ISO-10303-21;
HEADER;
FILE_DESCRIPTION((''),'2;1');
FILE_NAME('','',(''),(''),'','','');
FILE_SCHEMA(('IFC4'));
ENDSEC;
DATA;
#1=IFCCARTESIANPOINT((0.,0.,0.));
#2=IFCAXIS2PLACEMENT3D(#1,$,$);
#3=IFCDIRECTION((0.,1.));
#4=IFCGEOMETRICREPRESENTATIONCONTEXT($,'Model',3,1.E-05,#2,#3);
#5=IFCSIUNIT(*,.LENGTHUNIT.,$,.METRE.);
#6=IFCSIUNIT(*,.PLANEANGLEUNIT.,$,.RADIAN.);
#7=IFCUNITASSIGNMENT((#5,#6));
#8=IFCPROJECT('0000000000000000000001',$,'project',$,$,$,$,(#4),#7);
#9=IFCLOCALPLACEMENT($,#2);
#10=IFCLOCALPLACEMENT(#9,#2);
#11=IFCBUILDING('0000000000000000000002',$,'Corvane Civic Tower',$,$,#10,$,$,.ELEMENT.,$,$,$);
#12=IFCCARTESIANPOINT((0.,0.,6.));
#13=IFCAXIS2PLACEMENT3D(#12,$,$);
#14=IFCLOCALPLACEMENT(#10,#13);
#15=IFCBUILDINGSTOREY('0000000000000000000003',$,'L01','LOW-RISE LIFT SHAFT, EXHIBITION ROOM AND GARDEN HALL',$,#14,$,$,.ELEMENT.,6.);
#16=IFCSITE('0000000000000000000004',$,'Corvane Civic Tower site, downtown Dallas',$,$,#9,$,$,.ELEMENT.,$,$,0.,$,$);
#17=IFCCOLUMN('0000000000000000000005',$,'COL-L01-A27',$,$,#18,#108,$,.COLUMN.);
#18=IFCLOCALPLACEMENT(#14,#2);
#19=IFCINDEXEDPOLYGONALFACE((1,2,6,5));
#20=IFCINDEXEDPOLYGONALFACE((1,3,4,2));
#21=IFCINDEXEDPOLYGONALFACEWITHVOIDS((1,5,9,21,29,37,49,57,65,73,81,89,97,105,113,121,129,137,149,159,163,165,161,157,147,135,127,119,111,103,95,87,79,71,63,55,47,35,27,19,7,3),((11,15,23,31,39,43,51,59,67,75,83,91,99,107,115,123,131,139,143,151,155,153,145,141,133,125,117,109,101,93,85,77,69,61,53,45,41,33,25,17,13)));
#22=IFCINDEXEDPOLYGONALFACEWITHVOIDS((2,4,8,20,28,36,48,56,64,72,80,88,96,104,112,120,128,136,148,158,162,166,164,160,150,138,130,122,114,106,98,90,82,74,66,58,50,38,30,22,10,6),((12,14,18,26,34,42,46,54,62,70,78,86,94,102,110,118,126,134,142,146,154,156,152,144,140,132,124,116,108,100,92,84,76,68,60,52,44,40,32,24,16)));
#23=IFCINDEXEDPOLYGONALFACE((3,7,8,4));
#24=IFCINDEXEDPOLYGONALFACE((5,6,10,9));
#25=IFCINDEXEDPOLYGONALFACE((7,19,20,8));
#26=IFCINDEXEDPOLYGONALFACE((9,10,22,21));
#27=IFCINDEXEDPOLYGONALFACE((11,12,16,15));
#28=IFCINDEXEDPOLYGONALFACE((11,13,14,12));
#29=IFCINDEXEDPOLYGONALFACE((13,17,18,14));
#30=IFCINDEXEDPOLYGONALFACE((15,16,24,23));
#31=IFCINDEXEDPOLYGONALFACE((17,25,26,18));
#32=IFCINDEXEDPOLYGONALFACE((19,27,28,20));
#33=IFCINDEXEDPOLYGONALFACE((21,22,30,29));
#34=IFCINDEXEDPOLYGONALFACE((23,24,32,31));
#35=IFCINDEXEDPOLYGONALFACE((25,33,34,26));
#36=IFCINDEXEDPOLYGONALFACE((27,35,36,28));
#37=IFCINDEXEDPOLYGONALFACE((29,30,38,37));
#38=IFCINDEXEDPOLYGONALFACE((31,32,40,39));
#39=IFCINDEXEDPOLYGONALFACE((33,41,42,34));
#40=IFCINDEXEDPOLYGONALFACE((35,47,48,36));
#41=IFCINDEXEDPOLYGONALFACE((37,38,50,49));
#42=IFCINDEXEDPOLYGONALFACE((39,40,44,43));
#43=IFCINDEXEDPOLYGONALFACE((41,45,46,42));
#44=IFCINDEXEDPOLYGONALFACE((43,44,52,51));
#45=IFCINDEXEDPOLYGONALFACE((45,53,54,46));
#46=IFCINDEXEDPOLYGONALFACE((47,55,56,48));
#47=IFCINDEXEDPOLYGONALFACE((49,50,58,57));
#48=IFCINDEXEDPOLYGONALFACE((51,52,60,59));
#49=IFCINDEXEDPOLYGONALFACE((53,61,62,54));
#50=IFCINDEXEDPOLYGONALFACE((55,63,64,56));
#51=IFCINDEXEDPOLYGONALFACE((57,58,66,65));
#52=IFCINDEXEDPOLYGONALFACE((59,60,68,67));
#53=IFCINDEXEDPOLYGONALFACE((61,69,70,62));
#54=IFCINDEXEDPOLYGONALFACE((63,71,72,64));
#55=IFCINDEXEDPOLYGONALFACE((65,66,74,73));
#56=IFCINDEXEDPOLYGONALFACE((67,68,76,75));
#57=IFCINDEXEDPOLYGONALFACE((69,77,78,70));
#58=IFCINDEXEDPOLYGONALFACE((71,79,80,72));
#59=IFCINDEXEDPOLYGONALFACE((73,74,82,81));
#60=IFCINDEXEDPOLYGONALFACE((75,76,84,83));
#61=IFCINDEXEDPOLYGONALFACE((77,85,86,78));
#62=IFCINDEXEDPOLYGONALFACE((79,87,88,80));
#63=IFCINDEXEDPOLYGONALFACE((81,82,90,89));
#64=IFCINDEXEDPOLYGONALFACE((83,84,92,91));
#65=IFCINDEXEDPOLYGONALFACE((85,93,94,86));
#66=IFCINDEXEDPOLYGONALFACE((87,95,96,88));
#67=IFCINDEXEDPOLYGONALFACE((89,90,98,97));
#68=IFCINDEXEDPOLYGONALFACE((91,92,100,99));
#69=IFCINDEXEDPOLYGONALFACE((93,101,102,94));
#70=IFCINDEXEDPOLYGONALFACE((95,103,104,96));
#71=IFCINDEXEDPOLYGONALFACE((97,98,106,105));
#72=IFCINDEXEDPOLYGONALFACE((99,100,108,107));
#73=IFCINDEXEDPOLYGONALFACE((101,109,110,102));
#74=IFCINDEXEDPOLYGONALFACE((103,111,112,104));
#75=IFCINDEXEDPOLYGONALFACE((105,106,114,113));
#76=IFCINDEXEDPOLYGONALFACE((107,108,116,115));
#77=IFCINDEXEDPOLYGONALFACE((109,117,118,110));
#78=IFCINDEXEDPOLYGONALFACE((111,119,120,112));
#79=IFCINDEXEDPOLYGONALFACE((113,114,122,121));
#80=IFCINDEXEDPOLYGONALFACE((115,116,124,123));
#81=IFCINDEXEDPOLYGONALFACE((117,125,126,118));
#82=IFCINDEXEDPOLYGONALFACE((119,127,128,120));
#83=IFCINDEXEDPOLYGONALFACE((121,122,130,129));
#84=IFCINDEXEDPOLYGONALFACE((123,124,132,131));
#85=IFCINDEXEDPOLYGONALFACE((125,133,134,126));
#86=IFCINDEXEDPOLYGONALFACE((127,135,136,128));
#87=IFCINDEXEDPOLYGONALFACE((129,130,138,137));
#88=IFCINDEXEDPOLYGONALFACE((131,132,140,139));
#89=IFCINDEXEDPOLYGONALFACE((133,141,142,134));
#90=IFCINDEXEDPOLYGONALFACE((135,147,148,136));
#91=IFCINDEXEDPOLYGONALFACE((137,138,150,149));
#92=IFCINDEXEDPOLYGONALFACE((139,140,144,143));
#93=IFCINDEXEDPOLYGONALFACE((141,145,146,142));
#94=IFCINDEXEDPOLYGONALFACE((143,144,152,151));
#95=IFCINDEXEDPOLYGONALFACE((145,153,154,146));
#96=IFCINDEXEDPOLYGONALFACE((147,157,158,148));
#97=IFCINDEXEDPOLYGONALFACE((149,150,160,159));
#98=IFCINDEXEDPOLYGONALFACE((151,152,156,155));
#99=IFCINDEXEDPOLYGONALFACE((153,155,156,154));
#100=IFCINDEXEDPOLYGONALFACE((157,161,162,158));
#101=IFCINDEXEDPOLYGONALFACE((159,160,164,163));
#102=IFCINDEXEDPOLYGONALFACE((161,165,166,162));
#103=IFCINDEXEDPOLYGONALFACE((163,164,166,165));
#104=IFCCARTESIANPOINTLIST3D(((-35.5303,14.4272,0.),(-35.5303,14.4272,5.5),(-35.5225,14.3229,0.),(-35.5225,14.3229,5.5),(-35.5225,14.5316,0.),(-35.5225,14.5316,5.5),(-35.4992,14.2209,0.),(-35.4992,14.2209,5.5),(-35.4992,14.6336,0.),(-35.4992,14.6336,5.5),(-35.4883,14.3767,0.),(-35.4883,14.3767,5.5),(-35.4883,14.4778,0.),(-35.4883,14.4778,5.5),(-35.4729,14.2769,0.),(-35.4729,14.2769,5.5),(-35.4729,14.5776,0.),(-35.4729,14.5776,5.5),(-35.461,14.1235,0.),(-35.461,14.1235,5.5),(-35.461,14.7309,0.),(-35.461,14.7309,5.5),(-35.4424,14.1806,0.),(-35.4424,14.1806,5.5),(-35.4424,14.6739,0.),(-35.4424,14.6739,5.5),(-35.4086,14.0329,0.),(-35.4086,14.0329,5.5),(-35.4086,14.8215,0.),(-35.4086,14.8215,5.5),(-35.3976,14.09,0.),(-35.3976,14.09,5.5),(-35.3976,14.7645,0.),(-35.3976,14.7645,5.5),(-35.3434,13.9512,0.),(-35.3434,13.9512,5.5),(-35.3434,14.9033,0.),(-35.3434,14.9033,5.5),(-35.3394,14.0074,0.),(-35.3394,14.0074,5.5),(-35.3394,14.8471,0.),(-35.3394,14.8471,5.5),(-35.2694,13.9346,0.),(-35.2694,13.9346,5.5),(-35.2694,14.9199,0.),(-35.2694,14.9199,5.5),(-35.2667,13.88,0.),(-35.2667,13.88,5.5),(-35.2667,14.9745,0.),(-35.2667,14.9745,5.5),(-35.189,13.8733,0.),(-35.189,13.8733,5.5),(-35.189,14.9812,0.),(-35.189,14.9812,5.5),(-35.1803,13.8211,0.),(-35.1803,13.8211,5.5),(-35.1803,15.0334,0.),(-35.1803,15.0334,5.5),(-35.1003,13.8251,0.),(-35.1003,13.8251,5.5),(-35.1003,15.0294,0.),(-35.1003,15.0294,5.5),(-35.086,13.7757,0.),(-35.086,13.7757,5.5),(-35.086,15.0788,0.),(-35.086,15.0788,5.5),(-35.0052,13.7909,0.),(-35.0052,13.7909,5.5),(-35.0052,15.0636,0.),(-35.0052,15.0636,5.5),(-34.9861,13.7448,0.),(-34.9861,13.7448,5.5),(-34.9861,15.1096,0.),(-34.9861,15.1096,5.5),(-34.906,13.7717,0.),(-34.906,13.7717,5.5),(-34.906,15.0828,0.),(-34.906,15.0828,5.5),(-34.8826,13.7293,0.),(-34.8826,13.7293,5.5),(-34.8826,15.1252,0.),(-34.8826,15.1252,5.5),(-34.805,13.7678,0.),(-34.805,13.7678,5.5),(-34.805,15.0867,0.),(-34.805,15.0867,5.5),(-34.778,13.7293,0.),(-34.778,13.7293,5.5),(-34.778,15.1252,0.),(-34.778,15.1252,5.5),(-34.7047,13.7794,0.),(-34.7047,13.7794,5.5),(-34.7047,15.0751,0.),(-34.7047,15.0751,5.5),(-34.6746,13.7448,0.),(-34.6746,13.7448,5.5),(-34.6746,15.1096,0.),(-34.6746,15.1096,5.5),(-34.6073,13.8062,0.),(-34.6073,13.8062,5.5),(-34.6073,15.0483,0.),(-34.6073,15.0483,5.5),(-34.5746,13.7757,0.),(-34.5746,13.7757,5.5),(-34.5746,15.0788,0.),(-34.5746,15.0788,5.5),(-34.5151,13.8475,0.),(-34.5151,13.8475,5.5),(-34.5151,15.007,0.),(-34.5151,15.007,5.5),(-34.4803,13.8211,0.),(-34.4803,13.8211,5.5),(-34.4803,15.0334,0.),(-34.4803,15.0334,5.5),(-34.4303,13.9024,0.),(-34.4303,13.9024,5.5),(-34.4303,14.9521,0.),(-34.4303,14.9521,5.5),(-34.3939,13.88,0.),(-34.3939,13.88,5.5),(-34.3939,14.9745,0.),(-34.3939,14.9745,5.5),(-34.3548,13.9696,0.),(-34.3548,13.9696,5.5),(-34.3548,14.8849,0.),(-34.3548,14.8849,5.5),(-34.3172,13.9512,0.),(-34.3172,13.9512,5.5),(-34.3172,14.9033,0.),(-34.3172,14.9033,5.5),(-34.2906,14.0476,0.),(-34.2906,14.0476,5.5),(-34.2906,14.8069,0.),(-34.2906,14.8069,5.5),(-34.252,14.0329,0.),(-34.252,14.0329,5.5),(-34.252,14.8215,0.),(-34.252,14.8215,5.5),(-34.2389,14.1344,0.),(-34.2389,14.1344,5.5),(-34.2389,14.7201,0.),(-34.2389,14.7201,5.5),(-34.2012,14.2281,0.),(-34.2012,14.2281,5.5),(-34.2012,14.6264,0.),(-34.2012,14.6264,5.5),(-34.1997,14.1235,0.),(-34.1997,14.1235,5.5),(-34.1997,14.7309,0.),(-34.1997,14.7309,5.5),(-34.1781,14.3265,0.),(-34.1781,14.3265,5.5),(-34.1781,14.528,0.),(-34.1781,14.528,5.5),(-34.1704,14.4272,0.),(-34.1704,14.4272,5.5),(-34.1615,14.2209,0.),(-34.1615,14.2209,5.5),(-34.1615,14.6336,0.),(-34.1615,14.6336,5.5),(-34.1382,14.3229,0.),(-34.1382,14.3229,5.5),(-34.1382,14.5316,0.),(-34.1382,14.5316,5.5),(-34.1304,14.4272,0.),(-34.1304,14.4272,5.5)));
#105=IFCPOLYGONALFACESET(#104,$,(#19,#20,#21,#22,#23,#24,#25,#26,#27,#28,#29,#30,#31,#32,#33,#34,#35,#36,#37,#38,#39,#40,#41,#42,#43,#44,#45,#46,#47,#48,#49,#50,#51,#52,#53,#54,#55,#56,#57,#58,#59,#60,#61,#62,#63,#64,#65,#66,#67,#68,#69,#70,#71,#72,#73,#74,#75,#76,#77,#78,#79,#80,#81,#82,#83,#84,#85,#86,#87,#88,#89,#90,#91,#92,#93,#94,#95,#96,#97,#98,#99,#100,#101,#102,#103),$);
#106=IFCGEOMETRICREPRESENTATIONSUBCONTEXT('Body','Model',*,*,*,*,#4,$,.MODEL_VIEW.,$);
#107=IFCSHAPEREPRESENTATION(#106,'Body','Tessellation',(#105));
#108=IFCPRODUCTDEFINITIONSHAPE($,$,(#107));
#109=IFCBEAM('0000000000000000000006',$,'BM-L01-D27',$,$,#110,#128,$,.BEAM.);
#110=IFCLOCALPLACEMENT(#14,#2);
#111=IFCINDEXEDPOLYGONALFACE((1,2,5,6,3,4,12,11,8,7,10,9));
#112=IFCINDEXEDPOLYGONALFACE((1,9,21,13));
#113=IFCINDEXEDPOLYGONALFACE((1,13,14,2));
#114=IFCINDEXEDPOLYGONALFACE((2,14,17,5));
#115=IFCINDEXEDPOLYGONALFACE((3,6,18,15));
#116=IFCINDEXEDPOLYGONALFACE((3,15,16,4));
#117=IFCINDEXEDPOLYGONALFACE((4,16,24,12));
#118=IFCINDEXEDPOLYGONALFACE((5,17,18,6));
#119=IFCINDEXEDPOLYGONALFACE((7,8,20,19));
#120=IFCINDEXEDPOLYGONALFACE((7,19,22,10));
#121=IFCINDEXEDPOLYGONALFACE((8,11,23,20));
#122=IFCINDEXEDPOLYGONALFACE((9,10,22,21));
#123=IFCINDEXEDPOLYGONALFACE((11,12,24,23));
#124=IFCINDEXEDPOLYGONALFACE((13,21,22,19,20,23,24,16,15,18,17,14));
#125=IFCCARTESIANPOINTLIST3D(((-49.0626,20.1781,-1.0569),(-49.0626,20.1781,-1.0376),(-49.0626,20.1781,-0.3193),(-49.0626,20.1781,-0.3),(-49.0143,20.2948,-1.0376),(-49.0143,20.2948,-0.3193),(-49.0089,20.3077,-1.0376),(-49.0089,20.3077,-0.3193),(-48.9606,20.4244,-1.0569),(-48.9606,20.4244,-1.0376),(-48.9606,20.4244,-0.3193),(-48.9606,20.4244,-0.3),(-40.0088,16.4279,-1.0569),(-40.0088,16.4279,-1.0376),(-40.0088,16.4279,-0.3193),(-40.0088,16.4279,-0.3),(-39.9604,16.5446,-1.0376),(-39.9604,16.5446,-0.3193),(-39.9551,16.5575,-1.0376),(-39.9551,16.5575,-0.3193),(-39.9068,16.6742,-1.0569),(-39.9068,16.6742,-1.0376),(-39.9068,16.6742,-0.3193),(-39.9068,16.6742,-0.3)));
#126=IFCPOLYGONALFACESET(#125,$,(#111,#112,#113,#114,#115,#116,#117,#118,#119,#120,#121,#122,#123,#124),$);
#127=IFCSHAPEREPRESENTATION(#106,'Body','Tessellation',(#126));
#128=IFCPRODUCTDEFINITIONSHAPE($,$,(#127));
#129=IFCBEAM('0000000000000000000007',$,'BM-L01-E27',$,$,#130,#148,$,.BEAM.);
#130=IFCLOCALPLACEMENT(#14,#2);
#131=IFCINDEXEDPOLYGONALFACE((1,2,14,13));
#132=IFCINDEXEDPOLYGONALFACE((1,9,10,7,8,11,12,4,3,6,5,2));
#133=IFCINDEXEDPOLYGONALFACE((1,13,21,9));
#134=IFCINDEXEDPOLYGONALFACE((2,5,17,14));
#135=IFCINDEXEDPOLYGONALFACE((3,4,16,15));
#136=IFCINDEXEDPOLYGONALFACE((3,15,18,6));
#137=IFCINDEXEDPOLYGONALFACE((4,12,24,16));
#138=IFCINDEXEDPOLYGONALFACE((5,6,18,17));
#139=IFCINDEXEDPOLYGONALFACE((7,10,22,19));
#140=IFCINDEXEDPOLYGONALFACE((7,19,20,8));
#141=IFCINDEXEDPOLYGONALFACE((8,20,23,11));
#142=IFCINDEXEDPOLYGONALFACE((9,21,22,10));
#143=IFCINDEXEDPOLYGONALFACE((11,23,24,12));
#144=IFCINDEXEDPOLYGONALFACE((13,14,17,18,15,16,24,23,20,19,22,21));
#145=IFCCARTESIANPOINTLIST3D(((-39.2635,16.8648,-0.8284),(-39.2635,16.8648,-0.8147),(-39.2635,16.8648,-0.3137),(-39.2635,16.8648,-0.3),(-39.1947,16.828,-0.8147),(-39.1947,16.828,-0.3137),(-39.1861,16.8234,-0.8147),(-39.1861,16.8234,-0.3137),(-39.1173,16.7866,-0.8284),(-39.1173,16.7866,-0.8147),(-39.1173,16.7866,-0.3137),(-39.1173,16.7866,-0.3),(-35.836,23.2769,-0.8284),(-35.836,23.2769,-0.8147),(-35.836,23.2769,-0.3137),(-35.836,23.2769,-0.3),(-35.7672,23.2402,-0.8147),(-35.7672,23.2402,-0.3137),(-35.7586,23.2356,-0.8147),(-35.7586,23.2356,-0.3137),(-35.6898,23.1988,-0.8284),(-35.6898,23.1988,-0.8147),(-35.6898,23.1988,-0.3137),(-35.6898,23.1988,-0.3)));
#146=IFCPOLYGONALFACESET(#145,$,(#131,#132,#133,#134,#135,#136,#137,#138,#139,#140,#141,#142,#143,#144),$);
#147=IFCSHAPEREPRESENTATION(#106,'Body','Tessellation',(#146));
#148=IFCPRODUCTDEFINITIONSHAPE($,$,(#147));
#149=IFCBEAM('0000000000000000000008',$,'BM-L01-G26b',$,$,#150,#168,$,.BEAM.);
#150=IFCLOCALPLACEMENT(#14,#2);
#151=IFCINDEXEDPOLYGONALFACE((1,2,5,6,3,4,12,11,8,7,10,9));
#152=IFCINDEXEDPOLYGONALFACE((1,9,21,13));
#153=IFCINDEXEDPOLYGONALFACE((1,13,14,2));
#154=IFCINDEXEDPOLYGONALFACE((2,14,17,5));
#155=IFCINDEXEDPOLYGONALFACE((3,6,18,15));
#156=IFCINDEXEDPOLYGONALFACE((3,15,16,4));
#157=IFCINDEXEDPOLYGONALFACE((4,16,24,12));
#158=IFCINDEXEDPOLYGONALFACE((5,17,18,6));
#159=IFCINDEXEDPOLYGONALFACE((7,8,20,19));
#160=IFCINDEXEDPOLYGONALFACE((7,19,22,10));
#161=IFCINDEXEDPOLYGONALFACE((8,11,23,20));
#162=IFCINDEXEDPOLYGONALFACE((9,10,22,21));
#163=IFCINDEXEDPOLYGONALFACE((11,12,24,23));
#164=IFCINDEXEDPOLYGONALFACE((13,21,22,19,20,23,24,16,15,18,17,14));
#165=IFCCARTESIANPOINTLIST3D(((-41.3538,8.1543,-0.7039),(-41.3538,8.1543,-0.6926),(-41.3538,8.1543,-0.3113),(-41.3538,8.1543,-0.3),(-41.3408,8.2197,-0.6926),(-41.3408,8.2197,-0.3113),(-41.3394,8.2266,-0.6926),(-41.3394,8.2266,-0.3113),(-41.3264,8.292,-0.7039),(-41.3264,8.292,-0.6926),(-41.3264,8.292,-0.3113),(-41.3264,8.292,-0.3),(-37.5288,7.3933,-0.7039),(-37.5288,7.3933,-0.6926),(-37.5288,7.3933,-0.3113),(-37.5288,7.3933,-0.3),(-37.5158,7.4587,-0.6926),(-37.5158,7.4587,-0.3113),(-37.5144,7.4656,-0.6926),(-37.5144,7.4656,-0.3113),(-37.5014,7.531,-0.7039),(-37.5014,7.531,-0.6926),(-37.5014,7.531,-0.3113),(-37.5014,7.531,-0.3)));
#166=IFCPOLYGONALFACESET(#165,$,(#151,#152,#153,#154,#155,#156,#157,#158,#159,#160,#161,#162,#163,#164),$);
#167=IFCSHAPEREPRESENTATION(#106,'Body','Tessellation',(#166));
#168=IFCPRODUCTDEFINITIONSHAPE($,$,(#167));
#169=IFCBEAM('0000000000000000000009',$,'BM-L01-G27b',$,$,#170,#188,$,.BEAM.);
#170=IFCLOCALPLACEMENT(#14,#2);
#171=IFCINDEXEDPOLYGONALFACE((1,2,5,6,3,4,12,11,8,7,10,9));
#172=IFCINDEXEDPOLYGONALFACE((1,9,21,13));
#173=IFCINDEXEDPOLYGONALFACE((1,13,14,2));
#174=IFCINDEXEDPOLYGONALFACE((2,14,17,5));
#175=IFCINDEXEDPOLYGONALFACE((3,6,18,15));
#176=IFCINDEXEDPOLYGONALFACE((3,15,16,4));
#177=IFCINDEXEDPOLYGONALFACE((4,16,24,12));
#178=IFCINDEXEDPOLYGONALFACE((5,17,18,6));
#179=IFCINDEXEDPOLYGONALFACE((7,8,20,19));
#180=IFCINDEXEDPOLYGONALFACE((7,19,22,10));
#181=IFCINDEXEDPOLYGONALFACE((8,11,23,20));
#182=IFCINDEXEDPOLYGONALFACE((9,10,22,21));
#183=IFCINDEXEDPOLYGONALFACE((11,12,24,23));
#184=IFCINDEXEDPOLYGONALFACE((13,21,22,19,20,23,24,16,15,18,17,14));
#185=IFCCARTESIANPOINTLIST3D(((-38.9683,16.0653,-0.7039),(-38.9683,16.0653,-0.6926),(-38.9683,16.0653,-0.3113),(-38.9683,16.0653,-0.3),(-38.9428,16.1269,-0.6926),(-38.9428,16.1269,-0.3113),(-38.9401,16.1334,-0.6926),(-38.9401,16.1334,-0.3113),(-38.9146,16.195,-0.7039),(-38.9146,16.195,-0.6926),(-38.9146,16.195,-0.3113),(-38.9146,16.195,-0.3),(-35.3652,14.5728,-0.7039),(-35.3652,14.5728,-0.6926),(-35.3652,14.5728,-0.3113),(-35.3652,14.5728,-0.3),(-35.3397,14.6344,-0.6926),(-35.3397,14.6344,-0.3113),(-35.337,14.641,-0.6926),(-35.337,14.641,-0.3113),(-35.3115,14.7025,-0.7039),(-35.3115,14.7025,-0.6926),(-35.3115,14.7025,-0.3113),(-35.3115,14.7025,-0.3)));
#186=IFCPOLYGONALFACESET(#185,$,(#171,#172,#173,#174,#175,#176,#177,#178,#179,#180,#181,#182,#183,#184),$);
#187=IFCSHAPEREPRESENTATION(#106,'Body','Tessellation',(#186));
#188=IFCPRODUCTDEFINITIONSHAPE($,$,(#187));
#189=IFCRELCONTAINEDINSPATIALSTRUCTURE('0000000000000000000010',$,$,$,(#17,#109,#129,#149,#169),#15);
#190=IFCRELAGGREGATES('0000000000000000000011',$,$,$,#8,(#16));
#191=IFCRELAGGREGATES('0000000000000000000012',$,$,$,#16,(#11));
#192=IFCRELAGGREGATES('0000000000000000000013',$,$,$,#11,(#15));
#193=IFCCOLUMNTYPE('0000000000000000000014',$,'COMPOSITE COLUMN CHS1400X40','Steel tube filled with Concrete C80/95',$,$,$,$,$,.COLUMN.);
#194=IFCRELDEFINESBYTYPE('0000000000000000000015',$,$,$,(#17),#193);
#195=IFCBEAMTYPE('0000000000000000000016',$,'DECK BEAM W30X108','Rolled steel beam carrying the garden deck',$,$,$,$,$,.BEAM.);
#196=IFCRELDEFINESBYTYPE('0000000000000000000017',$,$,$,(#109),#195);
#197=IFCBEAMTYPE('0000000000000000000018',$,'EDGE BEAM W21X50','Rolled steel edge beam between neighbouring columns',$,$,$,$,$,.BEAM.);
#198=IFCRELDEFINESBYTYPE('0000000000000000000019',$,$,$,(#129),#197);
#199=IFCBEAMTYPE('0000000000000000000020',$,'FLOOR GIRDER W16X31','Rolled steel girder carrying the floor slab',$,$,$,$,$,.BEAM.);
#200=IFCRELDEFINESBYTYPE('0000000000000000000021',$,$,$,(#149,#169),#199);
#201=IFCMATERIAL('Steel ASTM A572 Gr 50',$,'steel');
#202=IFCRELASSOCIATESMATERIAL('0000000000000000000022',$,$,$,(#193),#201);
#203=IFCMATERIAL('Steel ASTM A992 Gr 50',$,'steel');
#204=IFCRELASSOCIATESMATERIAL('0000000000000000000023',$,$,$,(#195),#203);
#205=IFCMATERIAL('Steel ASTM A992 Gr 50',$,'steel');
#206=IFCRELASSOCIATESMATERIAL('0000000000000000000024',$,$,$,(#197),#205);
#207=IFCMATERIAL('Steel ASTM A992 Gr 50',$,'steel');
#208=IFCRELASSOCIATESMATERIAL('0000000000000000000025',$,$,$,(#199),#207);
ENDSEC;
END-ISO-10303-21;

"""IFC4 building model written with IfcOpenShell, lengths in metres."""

from ifc_helpers import new_model, si_unit, direction, frame, origin, origin_2d, place, context, subcontext, project, spatial, hollow_circle, i_section, extrude, material, material_profile, profile_set, type_object, element, save


model = new_model("IFC4")

# Units and contexts
model_context = context("Model", 3, precision=1e-05, world=origin(), true_north=direction((0.0, 1.0)))
body_context = subcontext(model_context, "Body", "Model", "MODEL_VIEW")
ifc_project = project(units=[si_unit("LENGTHUNIT", "METRE"), si_unit("PLANEANGLEUNIT", "RADIAN")], contexts=[model_context])

# Site, building, storey
site_placement = place(None, origin())
site = spatial("IfcSite", under=ifc_project, at=site_placement, Name="Corvane Civic Tower site, downtown Dallas", CompositionType="ELEMENT", RefElevation=0.0)
building_placement = place(site_placement, origin())
building = spatial("IfcBuilding", under=site, at=building_placement, Name="Corvane Civic Tower", CompositionType="ELEMENT")
storey_placement = place(building_placement, frame((0.0, 0.0, 6.0)))
storey = spatial("IfcBuildingStorey", under=building, at=storey_placement, Name="L01", Description="LOW-RISE LIFT SHAFT, EXHIBITION ROOM AND GARDEN HALL", CompositionType="ELEMENT", Elevation=6.0)

# Column
ifc_material_1 = material(Name="Steel ASTM A572 Gr 50", Category="steel")
ifc_material_profile_1 = material_profile(ifc_material_1, hollow_circle(Radius=0.7, WallThickness=0.04, at=origin_2d()), Name="CHS1400X40")
ifc_profile_set_1 = profile_set([ifc_material_profile_1], Name="Steel ASTM A572 Gr 50")
column_type_1 = type_object("IfcColumnType", Name="COMPOSITE COLUMN CHS1400X40", Description="Steel tube filled with Concrete C80/95", PredefinedType="COLUMN", material=ifc_profile_set_1)
for number, where, z_axis, x_axis, name in (
    (1, (-34.8303, 14.4272, 0.0), (0.0, 0.0, 1.0), (1.0, 0.0, 0.0), "COL-L01-A27"),
):
    element("IfcColumn", number, at=place(storey_placement, frame(where, z_axis=z_axis, x_axis=x_axis)), inside=storey, type_object=column_type_1, Name=name, PredefinedType="COLUMN", context=body_context, shape_type="SweptSolid", body=[
        extrude(hollow_circle(Radius=0.7, WallThickness=0.04, at=origin_2d()), origin(), (0.0, 0.0, 1.0), 5.5),
    ])

# Beams
ifc_material_2 = material(Name="Steel ASTM A992 Gr 50", Category="steel")
ifc_material_profile_2 = material_profile(ifc_material_2, i_section(OverallWidth=0.2666, OverallDepth=0.7568, WebThickness=0.0139, FlangeThickness=0.0193, at=origin_2d()), Name="W30X108")
ifc_profile_set_2 = profile_set([ifc_material_profile_2], Name="Steel ASTM A992 Gr 50")
beam_type_1 = type_object("IfcBeamType", Name="DECK BEAM W30X108", Description="Rolled steel beam carrying the garden deck", PredefinedType="BEAM", material=ifc_profile_set_2)
beam_1_placement = place(storey_placement, frame((-39.9578, 16.551, -0.6785), z_axis=(-0.923881, 0.382681, 0.0), x_axis=(-0.382681, -0.923881, 0.0)))
element("IfcBeam", 2, at=beam_1_placement, inside=storey, type_object=beam_type_1, Name="BM-L01-D27", PredefinedType="BEAM", context=body_context, shape_type="SweptSolid", body=[
    extrude(i_section(OverallWidth=0.2666, OverallDepth=0.7568, WebThickness=0.0139, FlangeThickness=0.0193, at=origin_2d()), origin(), (0.0, 0.0, 1.0), 9.7998),
])
ifc_material_3 = material(Name="Steel ASTM A992 Gr 50", Category="steel")
ifc_material_profile_3 = material_profile(ifc_material_3, i_section(OverallWidth=0.1658, OverallDepth=0.5283, WebThickness=0.0098, FlangeThickness=0.0137, at=origin_2d()), Name="W21X50")
ifc_profile_set_3 = profile_set([ifc_material_profile_3], Name="Steel ASTM A992 Gr 50")
beam_type_2 = type_object("IfcBeamType", Name="EDGE BEAM W21X50", Description="Rolled steel edge beam between neighbouring columns", PredefinedType="BEAM", material=ifc_profile_set_3)
beam_2_placement = place(storey_placement, frame((-39.1904, 16.8257, -0.5642), z_axis=(0.471412, 0.881913, 0.0), x_axis=(-0.881913, 0.471412, 0.0)))
element("IfcBeam", 3, at=beam_2_placement, inside=storey, type_object=beam_type_2, Name="BM-L01-E27", PredefinedType="BEAM", context=body_context, shape_type="SweptSolid", body=[
    extrude(i_section(OverallWidth=0.1658, OverallDepth=0.5283, WebThickness=0.0098, FlangeThickness=0.0137, at=origin_2d()), origin(), (0.0, 0.0, 1.0), 7.2708),
])
ifc_material_4 = material(Name="Steel ASTM A992 Gr 50", Category="steel")
ifc_material_profile_4 = material_profile(ifc_material_4, i_section(OverallWidth=0.1404, OverallDepth=0.4038, WebThickness=0.0071, FlangeThickness=0.0112, at=origin_2d()), Name="W16X31")
ifc_profile_set_4 = profile_set([ifc_material_profile_4], Name="Steel ASTM A992 Gr 50")
beam_type_3 = type_object("IfcBeamType", Name="FLOOR GIRDER W16X31", Description="Rolled steel girder carrying the floor slab", PredefinedType="BEAM", material=ifc_profile_set_4)
for number, where, z_axis, x_axis, name in (
    (4, (-37.5151, 7.4622, -0.502), (-0.980778, 0.195129, 0.0), (-0.195129, -0.980778, 0.0), "BM-L01-G26b"),
    (5, (-35.3384, 14.6377, -0.502), (-0.923879, 0.382685, 0.0), (-0.382685, -0.923879, 0.0), "BM-L01-G27b"),
):
    element("IfcBeam", number, at=place(storey_placement, frame(where, z_axis=z_axis, x_axis=x_axis)), inside=storey, type_object=beam_type_3, Name=name, PredefinedType="BEAM", context=body_context, shape_type="SweptSolid", body=[
        extrude(i_section(OverallWidth=0.1404, OverallDepth=0.4038, WebThickness=0.0071, FlangeThickness=0.0112, at=origin_2d()), origin(), (0.0, 0.0, 1.0), 3.8999),
    ])

save(model, "model.ifc")
